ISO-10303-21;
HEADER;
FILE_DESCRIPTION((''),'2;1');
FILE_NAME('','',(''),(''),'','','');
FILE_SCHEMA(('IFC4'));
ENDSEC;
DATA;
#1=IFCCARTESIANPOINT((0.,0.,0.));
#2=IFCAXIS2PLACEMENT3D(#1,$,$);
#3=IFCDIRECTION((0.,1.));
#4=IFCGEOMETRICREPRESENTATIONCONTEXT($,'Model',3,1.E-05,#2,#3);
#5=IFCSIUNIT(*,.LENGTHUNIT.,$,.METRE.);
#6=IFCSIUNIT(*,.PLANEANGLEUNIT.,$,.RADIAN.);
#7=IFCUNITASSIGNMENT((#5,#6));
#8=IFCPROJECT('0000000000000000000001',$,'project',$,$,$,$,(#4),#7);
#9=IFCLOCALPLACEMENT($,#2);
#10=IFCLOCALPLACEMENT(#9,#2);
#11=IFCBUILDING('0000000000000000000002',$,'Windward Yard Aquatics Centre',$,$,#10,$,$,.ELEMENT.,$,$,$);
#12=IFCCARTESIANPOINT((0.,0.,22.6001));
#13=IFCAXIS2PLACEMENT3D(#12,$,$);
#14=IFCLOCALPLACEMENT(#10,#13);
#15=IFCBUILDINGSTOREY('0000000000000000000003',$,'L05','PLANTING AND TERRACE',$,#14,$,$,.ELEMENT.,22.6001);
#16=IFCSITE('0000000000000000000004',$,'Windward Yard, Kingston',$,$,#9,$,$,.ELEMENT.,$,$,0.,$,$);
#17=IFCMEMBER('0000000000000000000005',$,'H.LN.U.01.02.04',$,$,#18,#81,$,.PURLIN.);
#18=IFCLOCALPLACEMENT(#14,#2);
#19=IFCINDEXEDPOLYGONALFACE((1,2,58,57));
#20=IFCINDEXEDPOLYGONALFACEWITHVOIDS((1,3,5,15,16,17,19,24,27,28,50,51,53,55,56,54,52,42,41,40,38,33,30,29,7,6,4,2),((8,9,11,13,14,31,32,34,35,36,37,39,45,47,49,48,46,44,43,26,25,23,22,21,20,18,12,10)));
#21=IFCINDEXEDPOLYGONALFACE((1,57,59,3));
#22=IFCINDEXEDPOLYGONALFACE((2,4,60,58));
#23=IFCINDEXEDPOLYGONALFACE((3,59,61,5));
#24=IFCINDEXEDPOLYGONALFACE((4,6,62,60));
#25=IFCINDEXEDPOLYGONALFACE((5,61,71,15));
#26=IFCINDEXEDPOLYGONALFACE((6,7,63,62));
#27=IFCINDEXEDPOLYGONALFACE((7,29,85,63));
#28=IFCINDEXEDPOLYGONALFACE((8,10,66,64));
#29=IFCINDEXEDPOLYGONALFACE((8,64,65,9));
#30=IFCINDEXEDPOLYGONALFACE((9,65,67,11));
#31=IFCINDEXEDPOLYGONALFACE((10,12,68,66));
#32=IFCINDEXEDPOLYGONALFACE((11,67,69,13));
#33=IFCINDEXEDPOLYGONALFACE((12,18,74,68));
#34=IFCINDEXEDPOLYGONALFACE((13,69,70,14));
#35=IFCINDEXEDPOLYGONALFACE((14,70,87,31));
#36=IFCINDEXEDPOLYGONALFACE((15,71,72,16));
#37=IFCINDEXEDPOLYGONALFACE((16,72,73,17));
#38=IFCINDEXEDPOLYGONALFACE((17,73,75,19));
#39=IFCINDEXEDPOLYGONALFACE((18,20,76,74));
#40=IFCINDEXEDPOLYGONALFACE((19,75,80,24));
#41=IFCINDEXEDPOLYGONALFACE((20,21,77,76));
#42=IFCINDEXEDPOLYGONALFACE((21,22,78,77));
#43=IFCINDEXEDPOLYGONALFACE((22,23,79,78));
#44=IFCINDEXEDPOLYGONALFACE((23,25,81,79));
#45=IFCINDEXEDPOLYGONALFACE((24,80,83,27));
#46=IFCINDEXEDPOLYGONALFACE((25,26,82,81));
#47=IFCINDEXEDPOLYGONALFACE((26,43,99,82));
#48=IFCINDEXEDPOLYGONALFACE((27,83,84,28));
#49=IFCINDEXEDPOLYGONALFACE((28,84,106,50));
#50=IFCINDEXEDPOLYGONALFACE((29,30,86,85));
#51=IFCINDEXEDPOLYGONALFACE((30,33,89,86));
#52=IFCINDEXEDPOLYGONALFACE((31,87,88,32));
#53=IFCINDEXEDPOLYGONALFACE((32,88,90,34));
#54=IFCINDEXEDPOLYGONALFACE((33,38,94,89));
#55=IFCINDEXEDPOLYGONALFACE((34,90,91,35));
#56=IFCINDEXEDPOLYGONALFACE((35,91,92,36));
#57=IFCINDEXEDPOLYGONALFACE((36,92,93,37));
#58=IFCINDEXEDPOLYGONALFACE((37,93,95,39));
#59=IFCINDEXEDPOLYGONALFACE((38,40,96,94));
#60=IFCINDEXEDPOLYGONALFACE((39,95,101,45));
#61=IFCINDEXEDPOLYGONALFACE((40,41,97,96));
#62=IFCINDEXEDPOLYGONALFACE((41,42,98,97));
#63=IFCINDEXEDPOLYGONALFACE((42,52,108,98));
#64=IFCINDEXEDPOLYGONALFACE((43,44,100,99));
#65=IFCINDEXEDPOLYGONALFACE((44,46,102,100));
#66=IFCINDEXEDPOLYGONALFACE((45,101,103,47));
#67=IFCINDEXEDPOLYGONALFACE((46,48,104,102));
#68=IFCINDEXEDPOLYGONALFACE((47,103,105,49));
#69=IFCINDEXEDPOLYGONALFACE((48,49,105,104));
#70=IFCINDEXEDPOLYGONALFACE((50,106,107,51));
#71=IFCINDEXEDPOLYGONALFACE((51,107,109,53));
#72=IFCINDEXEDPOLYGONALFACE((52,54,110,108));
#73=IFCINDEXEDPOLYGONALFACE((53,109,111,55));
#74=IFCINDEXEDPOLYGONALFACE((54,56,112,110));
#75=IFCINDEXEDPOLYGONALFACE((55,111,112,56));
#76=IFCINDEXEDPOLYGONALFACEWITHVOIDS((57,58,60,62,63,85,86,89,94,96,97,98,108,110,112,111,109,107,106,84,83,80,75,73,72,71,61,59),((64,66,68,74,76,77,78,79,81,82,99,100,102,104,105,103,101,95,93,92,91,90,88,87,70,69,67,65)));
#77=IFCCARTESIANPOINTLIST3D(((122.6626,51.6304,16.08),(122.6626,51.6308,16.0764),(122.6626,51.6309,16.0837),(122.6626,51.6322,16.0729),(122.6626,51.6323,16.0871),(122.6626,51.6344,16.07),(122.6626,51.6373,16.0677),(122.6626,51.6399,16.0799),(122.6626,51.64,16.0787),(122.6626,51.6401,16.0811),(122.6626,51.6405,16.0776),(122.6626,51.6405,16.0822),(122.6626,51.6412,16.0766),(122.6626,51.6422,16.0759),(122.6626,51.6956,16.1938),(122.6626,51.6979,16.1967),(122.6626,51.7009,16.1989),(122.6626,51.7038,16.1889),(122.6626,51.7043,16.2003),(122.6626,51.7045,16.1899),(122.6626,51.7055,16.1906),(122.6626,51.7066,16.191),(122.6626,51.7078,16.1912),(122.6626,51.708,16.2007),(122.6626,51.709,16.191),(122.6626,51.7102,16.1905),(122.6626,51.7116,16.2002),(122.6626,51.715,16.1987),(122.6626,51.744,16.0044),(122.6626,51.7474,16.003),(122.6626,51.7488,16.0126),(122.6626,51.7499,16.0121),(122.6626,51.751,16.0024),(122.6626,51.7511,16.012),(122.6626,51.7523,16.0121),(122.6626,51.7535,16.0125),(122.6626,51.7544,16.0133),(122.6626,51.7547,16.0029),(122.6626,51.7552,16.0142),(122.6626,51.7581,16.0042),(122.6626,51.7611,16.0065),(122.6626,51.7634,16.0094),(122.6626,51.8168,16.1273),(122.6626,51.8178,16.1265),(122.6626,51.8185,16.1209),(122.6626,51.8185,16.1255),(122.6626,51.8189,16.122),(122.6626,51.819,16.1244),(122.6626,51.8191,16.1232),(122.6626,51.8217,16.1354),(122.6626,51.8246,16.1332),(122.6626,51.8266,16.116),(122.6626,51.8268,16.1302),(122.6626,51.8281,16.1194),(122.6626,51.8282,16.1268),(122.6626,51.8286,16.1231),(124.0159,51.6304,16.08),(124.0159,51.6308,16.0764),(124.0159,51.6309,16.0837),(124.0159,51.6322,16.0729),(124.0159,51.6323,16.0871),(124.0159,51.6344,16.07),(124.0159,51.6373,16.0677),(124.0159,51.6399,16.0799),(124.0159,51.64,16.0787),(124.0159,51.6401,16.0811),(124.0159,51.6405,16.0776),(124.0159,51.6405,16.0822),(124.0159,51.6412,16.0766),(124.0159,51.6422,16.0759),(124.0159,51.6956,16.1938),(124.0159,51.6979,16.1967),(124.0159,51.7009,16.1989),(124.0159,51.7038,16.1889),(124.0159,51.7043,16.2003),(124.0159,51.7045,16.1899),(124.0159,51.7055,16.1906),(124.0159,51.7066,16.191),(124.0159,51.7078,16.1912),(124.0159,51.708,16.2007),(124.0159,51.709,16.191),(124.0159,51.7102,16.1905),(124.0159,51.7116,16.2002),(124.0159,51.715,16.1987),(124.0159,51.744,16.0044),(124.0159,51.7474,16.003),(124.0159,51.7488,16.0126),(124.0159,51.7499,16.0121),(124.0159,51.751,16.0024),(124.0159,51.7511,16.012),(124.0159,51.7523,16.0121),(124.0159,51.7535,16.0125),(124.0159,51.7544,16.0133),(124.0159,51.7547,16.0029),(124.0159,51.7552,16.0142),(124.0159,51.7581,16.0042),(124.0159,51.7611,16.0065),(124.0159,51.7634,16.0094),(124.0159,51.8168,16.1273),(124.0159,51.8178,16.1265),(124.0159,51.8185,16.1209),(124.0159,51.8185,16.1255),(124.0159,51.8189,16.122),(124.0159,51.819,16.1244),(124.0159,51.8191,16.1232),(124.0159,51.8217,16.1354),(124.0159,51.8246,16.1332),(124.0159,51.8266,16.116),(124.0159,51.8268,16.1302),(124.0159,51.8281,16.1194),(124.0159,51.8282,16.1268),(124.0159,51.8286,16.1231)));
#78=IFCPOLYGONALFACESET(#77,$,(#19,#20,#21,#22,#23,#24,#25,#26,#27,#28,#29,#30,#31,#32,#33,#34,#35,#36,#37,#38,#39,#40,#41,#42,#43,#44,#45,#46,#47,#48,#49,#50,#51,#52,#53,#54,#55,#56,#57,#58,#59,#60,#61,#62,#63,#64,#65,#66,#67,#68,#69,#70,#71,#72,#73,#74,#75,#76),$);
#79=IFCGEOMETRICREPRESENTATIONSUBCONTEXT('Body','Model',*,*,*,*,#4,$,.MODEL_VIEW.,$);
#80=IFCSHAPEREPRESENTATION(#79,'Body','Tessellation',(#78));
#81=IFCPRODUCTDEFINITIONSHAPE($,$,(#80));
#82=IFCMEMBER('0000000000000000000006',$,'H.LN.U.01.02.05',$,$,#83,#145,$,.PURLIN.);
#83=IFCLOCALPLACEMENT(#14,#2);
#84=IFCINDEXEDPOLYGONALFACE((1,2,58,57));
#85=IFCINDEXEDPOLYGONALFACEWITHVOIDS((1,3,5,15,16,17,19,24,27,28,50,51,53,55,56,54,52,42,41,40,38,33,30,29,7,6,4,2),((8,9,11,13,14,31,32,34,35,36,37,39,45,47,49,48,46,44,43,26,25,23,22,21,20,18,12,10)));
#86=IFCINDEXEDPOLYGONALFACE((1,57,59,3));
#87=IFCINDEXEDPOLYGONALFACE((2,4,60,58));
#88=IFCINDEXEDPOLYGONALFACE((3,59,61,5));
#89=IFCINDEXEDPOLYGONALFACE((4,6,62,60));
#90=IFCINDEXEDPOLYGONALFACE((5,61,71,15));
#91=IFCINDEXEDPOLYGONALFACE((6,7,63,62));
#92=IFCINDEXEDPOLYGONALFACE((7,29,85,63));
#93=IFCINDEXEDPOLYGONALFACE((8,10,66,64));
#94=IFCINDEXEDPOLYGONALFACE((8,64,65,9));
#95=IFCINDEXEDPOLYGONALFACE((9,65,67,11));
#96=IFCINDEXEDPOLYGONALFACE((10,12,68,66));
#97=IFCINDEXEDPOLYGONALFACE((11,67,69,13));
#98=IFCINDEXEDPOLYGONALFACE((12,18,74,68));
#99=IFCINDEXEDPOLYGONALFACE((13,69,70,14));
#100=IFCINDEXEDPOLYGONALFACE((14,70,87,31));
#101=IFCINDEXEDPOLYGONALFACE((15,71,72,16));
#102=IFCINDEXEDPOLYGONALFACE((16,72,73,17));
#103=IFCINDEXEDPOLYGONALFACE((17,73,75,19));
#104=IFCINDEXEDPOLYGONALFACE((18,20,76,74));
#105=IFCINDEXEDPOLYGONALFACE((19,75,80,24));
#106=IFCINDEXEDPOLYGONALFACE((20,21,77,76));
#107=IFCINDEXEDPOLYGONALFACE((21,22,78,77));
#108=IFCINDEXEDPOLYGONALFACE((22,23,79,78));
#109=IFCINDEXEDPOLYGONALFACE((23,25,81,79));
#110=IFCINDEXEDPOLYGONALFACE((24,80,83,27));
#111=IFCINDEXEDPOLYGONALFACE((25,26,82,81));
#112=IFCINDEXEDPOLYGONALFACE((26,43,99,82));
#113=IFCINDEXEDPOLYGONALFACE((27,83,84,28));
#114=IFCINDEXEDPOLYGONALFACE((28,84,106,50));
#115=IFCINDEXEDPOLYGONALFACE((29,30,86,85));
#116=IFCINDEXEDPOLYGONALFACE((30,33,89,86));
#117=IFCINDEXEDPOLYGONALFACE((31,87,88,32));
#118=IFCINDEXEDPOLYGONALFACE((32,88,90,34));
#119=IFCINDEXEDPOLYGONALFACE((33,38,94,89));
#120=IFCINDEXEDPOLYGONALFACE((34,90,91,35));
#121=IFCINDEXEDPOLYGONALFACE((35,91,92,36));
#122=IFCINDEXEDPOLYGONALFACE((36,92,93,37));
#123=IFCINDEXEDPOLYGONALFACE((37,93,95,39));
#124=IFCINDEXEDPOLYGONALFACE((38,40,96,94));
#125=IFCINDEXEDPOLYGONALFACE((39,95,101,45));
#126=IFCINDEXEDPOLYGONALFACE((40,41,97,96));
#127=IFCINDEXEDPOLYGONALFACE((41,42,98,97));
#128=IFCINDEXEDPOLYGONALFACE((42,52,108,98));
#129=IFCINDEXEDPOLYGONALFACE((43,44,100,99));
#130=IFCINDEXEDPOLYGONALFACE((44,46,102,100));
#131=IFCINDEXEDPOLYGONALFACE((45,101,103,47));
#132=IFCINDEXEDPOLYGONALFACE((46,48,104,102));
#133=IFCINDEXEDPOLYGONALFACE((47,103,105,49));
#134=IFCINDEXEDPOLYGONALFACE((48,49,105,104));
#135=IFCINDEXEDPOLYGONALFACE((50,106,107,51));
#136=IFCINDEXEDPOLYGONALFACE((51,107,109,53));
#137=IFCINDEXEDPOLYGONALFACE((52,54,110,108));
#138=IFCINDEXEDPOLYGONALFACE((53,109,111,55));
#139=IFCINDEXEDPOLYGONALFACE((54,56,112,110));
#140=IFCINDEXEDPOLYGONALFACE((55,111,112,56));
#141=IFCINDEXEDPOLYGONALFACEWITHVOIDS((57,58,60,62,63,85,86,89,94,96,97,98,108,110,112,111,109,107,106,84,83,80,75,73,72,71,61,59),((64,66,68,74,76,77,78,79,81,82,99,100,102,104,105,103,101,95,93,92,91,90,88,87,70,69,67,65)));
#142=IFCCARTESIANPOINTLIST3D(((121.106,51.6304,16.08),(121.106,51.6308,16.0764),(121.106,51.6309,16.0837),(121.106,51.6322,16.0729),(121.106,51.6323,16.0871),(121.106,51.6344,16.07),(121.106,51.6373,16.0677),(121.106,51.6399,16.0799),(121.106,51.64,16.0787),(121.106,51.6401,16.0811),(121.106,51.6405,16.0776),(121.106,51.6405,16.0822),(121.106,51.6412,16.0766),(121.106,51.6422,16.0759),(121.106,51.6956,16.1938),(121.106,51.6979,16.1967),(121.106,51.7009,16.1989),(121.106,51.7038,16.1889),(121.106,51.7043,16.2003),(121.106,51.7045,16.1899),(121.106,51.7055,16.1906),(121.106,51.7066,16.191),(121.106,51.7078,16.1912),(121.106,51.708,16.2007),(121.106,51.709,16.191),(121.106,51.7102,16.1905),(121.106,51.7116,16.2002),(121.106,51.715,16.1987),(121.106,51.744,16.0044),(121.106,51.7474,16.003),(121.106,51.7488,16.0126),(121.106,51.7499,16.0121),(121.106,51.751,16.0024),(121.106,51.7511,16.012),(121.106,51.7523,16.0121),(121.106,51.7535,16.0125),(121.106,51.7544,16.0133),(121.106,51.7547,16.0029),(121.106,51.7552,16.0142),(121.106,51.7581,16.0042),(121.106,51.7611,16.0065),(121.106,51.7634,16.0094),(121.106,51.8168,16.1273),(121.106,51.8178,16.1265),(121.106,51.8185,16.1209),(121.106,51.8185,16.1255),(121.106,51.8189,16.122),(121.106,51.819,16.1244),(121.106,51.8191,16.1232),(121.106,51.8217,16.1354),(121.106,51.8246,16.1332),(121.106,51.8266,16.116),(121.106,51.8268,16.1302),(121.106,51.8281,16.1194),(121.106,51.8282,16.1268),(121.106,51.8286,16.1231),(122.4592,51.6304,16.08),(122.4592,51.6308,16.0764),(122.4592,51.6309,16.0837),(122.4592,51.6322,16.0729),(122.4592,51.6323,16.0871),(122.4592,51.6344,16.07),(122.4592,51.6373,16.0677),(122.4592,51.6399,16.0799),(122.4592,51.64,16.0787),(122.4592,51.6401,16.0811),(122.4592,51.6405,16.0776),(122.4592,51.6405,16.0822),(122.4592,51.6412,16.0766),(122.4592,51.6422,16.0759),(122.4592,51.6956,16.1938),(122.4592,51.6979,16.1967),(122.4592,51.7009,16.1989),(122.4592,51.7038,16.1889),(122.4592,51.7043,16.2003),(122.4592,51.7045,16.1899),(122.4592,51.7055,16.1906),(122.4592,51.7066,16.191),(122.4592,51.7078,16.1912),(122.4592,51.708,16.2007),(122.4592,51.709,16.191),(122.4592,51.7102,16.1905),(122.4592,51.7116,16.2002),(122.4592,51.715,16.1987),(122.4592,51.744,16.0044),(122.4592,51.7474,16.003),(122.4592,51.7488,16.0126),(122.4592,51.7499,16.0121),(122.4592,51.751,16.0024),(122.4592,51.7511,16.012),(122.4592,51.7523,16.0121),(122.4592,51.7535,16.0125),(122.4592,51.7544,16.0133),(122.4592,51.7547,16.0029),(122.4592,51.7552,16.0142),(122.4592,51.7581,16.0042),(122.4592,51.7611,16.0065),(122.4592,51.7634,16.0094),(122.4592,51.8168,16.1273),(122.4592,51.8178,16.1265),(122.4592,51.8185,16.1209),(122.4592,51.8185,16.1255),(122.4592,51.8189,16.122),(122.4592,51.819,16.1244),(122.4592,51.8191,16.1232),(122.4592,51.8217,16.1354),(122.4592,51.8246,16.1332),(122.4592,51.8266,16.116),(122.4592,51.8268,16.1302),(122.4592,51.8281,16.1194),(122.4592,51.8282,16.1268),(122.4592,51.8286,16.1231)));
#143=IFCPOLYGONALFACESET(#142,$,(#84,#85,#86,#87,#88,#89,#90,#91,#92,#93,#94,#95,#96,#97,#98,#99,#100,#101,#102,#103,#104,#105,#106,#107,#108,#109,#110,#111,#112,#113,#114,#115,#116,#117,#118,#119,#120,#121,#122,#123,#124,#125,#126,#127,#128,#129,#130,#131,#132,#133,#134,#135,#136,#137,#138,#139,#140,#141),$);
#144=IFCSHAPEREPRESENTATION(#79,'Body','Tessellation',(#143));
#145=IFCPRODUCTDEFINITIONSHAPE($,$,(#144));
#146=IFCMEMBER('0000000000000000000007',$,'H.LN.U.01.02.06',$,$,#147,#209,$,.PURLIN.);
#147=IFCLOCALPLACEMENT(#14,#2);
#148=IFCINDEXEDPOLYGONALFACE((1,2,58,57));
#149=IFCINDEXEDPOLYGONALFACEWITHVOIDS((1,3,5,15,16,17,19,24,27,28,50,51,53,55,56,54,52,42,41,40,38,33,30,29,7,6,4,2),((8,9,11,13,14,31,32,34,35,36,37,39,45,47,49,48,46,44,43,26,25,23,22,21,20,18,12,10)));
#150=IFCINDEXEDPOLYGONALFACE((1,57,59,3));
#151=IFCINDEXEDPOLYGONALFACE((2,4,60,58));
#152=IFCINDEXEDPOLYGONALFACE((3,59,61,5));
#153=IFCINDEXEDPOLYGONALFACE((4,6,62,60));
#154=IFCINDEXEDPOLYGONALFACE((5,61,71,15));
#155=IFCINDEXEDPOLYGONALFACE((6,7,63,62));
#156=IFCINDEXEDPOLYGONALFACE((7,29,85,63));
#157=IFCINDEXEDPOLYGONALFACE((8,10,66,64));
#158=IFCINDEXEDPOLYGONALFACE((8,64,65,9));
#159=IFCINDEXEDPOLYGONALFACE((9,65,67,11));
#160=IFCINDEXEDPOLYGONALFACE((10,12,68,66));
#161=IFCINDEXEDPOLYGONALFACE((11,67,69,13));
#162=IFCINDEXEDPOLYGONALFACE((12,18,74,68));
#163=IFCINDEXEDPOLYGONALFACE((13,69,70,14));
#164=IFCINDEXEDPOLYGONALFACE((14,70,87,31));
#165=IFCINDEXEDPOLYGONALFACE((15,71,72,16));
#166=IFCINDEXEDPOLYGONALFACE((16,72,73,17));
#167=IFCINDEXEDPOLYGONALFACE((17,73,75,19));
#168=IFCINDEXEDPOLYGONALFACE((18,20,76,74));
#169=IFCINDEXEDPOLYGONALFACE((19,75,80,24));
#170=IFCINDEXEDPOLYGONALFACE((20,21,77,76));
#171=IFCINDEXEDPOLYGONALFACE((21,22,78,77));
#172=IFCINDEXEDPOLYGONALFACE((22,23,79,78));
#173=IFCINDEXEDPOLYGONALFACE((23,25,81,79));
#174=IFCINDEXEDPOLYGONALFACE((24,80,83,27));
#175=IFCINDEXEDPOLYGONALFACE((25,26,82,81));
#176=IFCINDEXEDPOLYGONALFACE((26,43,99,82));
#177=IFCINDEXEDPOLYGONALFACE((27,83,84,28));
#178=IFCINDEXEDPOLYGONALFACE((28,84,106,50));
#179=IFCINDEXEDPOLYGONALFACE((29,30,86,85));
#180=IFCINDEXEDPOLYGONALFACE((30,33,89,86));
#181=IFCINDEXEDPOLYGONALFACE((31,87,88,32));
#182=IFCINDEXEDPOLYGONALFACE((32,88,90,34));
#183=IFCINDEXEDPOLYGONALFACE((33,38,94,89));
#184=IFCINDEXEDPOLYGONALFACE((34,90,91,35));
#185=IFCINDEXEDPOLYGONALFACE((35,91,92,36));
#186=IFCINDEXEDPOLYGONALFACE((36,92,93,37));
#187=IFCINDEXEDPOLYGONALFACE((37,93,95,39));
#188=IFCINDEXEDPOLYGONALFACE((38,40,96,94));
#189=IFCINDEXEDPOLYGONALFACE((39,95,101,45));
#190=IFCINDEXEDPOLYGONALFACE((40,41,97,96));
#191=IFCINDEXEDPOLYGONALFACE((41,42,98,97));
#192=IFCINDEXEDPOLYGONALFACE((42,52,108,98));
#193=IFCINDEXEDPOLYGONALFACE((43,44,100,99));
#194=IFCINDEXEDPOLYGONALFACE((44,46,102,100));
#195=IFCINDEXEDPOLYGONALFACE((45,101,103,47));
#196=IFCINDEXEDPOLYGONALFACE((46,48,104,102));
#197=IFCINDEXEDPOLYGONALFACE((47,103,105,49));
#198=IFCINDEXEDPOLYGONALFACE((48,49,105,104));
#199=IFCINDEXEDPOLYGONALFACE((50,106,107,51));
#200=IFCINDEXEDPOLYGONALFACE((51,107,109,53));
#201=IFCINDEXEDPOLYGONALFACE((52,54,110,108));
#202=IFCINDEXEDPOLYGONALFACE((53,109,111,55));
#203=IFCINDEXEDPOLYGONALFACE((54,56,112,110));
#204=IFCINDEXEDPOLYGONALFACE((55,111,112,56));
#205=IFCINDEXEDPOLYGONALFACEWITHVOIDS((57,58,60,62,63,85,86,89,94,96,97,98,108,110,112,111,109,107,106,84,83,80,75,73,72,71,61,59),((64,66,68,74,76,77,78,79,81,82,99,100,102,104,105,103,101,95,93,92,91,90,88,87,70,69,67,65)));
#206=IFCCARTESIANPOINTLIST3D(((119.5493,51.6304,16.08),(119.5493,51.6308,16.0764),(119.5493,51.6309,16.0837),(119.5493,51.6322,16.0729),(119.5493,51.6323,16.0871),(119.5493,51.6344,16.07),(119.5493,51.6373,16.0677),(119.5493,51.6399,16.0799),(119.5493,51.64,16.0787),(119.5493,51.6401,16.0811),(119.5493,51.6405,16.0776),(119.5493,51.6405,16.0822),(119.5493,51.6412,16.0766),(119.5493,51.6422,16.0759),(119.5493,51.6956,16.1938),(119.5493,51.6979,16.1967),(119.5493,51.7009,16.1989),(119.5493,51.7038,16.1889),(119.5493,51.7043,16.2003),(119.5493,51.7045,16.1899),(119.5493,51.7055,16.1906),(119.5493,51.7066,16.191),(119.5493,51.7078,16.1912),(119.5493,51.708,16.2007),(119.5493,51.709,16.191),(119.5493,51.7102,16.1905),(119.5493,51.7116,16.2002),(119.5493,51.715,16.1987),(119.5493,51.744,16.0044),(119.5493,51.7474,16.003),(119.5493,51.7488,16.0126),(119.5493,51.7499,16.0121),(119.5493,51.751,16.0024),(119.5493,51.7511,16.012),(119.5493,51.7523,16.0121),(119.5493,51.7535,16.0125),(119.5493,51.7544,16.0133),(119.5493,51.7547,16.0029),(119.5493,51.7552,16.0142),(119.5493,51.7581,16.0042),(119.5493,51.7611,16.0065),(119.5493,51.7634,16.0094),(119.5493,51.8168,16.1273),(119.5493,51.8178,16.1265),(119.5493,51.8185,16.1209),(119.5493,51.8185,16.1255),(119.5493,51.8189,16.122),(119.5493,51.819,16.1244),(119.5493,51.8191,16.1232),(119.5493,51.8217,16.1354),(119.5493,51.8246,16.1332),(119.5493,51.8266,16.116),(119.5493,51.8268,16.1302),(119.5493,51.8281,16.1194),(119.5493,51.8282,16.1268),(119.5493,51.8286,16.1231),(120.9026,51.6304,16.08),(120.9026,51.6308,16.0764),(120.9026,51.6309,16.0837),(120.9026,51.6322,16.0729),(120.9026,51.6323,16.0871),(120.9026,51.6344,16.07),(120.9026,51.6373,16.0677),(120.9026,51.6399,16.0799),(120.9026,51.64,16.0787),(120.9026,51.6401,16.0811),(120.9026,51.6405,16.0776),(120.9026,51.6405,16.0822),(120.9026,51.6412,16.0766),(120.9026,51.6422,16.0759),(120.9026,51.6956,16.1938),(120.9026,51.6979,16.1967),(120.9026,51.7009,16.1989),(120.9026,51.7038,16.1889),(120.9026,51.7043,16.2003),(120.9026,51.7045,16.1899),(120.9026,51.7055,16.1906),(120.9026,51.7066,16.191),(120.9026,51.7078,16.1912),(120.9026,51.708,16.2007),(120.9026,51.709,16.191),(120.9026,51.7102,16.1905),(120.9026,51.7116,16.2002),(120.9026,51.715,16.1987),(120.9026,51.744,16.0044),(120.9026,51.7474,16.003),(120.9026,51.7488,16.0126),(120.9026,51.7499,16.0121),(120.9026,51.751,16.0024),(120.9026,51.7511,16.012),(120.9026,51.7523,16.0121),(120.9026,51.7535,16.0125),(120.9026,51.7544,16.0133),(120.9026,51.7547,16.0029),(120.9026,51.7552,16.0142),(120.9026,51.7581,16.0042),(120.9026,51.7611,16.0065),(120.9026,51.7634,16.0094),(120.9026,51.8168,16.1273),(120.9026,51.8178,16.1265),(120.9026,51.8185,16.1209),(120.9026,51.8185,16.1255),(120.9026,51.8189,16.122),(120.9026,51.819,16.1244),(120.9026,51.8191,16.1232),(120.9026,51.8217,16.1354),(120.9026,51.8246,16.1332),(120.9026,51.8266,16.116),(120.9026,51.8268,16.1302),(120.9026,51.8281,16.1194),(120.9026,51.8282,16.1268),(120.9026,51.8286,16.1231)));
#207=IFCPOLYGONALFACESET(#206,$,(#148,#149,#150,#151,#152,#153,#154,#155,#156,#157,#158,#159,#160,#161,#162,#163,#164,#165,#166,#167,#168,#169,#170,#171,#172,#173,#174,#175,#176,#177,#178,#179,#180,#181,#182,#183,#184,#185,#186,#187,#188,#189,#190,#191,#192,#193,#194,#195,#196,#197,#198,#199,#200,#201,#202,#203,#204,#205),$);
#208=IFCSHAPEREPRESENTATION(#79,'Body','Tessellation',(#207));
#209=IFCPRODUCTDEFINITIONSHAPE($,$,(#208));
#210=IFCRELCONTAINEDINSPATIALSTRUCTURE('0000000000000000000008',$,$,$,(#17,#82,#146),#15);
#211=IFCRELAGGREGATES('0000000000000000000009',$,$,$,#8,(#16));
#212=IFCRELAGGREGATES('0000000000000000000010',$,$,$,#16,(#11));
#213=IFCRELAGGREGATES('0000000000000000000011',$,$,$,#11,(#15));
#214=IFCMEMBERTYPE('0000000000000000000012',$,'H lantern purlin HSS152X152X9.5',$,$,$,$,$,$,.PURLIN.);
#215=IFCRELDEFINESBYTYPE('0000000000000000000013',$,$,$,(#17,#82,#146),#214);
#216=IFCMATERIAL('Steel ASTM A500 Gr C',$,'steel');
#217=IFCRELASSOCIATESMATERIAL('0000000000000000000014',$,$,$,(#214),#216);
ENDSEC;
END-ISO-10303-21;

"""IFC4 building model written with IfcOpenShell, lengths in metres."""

from ifc_helpers import new_model, si_unit, direction, frame, origin, origin_2d, place, context, subcontext, project, spatial, hollow_rectangle, extrude, material, material_profile, profile_set, type_object, element, save


model = new_model("IFC4")

# Units and contexts
model_context = context("Model", 3, precision=1e-05, world=origin(), true_north=direction((0.0, 1.0)))
body_context = subcontext(model_context, "Body", "Model", "MODEL_VIEW")
ifc_project = project(units=[si_unit("LENGTHUNIT", "METRE"), si_unit("PLANEANGLEUNIT", "RADIAN")], contexts=[model_context])

# Site, building, storey
site_placement = place(None, origin())
site = spatial("IfcSite", under=ifc_project, at=site_placement, Name="Windward Yard, Kingston", CompositionType="ELEMENT", RefElevation=0.0)
building_placement = place(site_placement, origin())
building = spatial("IfcBuilding", under=site, at=building_placement, Name="Windward Yard Aquatics Centre", CompositionType="ELEMENT")
storey_placement = place(building_placement, frame((0.0, 0.0, 22.6001)))
storey = spatial("IfcBuildingStorey", under=building, at=storey_placement, Name="L05", Description="PLANTING AND TERRACE", CompositionType="ELEMENT", Elevation=22.6001)

# Members
ifc_material_1 = material(Name="Steel ASTM A500 Gr C", Category="steel")
ifc_material_profile_1 = material_profile(ifc_material_1, hollow_rectangle(XDim=0.1523, YDim=0.1523, WallThickness=0.0095, InnerFilletRadius=0.0046, OuterFilletRadius=0.0142, at=origin_2d()), Name="HSS152X152X9.5")
ifc_profile_set_1 = profile_set([ifc_material_profile_1], Name="Steel ASTM A500 Gr C")
member_type_1 = type_object("IfcMemberType", Name="H lantern purlin HSS152X152X9.5", PredefinedType="PURLIN", material=ifc_profile_set_1)
for number, where, z_axis, x_axis, name in (
    (1, (124.0159, 51.7295, 16.1016), (-1.0, 0.0, 0.0), (0.0, -0.51012, -0.860103), "H.LN.U.01.02.04"),
    (2, (122.4592, 51.7295, 16.1016), (-1.0, 0.0, 0.0), (0.0, -0.51012, -0.860103), "H.LN.U.01.02.05"),
    (3, (120.9026, 51.7295, 16.1016), (-1.0, 0.0, 0.0), (0.0, -0.51012, -0.860103), "H.LN.U.01.02.06"),
):
    element("IfcMember", number, at=place(storey_placement, frame(where, z_axis=z_axis, x_axis=x_axis)), inside=storey, type_object=member_type_1, Name=name, PredefinedType="PURLIN", context=body_context, shape_type="SweptSolid", body=[
        extrude(hollow_rectangle(XDim=0.1523, YDim=0.1523, WallThickness=0.0095, InnerFilletRadius=0.0046, OuterFilletRadius=0.0142, at=origin_2d()), origin(), (0.0, 0.0, 1.0), 1.3533),
    ])

save(model, "model.ifc")
